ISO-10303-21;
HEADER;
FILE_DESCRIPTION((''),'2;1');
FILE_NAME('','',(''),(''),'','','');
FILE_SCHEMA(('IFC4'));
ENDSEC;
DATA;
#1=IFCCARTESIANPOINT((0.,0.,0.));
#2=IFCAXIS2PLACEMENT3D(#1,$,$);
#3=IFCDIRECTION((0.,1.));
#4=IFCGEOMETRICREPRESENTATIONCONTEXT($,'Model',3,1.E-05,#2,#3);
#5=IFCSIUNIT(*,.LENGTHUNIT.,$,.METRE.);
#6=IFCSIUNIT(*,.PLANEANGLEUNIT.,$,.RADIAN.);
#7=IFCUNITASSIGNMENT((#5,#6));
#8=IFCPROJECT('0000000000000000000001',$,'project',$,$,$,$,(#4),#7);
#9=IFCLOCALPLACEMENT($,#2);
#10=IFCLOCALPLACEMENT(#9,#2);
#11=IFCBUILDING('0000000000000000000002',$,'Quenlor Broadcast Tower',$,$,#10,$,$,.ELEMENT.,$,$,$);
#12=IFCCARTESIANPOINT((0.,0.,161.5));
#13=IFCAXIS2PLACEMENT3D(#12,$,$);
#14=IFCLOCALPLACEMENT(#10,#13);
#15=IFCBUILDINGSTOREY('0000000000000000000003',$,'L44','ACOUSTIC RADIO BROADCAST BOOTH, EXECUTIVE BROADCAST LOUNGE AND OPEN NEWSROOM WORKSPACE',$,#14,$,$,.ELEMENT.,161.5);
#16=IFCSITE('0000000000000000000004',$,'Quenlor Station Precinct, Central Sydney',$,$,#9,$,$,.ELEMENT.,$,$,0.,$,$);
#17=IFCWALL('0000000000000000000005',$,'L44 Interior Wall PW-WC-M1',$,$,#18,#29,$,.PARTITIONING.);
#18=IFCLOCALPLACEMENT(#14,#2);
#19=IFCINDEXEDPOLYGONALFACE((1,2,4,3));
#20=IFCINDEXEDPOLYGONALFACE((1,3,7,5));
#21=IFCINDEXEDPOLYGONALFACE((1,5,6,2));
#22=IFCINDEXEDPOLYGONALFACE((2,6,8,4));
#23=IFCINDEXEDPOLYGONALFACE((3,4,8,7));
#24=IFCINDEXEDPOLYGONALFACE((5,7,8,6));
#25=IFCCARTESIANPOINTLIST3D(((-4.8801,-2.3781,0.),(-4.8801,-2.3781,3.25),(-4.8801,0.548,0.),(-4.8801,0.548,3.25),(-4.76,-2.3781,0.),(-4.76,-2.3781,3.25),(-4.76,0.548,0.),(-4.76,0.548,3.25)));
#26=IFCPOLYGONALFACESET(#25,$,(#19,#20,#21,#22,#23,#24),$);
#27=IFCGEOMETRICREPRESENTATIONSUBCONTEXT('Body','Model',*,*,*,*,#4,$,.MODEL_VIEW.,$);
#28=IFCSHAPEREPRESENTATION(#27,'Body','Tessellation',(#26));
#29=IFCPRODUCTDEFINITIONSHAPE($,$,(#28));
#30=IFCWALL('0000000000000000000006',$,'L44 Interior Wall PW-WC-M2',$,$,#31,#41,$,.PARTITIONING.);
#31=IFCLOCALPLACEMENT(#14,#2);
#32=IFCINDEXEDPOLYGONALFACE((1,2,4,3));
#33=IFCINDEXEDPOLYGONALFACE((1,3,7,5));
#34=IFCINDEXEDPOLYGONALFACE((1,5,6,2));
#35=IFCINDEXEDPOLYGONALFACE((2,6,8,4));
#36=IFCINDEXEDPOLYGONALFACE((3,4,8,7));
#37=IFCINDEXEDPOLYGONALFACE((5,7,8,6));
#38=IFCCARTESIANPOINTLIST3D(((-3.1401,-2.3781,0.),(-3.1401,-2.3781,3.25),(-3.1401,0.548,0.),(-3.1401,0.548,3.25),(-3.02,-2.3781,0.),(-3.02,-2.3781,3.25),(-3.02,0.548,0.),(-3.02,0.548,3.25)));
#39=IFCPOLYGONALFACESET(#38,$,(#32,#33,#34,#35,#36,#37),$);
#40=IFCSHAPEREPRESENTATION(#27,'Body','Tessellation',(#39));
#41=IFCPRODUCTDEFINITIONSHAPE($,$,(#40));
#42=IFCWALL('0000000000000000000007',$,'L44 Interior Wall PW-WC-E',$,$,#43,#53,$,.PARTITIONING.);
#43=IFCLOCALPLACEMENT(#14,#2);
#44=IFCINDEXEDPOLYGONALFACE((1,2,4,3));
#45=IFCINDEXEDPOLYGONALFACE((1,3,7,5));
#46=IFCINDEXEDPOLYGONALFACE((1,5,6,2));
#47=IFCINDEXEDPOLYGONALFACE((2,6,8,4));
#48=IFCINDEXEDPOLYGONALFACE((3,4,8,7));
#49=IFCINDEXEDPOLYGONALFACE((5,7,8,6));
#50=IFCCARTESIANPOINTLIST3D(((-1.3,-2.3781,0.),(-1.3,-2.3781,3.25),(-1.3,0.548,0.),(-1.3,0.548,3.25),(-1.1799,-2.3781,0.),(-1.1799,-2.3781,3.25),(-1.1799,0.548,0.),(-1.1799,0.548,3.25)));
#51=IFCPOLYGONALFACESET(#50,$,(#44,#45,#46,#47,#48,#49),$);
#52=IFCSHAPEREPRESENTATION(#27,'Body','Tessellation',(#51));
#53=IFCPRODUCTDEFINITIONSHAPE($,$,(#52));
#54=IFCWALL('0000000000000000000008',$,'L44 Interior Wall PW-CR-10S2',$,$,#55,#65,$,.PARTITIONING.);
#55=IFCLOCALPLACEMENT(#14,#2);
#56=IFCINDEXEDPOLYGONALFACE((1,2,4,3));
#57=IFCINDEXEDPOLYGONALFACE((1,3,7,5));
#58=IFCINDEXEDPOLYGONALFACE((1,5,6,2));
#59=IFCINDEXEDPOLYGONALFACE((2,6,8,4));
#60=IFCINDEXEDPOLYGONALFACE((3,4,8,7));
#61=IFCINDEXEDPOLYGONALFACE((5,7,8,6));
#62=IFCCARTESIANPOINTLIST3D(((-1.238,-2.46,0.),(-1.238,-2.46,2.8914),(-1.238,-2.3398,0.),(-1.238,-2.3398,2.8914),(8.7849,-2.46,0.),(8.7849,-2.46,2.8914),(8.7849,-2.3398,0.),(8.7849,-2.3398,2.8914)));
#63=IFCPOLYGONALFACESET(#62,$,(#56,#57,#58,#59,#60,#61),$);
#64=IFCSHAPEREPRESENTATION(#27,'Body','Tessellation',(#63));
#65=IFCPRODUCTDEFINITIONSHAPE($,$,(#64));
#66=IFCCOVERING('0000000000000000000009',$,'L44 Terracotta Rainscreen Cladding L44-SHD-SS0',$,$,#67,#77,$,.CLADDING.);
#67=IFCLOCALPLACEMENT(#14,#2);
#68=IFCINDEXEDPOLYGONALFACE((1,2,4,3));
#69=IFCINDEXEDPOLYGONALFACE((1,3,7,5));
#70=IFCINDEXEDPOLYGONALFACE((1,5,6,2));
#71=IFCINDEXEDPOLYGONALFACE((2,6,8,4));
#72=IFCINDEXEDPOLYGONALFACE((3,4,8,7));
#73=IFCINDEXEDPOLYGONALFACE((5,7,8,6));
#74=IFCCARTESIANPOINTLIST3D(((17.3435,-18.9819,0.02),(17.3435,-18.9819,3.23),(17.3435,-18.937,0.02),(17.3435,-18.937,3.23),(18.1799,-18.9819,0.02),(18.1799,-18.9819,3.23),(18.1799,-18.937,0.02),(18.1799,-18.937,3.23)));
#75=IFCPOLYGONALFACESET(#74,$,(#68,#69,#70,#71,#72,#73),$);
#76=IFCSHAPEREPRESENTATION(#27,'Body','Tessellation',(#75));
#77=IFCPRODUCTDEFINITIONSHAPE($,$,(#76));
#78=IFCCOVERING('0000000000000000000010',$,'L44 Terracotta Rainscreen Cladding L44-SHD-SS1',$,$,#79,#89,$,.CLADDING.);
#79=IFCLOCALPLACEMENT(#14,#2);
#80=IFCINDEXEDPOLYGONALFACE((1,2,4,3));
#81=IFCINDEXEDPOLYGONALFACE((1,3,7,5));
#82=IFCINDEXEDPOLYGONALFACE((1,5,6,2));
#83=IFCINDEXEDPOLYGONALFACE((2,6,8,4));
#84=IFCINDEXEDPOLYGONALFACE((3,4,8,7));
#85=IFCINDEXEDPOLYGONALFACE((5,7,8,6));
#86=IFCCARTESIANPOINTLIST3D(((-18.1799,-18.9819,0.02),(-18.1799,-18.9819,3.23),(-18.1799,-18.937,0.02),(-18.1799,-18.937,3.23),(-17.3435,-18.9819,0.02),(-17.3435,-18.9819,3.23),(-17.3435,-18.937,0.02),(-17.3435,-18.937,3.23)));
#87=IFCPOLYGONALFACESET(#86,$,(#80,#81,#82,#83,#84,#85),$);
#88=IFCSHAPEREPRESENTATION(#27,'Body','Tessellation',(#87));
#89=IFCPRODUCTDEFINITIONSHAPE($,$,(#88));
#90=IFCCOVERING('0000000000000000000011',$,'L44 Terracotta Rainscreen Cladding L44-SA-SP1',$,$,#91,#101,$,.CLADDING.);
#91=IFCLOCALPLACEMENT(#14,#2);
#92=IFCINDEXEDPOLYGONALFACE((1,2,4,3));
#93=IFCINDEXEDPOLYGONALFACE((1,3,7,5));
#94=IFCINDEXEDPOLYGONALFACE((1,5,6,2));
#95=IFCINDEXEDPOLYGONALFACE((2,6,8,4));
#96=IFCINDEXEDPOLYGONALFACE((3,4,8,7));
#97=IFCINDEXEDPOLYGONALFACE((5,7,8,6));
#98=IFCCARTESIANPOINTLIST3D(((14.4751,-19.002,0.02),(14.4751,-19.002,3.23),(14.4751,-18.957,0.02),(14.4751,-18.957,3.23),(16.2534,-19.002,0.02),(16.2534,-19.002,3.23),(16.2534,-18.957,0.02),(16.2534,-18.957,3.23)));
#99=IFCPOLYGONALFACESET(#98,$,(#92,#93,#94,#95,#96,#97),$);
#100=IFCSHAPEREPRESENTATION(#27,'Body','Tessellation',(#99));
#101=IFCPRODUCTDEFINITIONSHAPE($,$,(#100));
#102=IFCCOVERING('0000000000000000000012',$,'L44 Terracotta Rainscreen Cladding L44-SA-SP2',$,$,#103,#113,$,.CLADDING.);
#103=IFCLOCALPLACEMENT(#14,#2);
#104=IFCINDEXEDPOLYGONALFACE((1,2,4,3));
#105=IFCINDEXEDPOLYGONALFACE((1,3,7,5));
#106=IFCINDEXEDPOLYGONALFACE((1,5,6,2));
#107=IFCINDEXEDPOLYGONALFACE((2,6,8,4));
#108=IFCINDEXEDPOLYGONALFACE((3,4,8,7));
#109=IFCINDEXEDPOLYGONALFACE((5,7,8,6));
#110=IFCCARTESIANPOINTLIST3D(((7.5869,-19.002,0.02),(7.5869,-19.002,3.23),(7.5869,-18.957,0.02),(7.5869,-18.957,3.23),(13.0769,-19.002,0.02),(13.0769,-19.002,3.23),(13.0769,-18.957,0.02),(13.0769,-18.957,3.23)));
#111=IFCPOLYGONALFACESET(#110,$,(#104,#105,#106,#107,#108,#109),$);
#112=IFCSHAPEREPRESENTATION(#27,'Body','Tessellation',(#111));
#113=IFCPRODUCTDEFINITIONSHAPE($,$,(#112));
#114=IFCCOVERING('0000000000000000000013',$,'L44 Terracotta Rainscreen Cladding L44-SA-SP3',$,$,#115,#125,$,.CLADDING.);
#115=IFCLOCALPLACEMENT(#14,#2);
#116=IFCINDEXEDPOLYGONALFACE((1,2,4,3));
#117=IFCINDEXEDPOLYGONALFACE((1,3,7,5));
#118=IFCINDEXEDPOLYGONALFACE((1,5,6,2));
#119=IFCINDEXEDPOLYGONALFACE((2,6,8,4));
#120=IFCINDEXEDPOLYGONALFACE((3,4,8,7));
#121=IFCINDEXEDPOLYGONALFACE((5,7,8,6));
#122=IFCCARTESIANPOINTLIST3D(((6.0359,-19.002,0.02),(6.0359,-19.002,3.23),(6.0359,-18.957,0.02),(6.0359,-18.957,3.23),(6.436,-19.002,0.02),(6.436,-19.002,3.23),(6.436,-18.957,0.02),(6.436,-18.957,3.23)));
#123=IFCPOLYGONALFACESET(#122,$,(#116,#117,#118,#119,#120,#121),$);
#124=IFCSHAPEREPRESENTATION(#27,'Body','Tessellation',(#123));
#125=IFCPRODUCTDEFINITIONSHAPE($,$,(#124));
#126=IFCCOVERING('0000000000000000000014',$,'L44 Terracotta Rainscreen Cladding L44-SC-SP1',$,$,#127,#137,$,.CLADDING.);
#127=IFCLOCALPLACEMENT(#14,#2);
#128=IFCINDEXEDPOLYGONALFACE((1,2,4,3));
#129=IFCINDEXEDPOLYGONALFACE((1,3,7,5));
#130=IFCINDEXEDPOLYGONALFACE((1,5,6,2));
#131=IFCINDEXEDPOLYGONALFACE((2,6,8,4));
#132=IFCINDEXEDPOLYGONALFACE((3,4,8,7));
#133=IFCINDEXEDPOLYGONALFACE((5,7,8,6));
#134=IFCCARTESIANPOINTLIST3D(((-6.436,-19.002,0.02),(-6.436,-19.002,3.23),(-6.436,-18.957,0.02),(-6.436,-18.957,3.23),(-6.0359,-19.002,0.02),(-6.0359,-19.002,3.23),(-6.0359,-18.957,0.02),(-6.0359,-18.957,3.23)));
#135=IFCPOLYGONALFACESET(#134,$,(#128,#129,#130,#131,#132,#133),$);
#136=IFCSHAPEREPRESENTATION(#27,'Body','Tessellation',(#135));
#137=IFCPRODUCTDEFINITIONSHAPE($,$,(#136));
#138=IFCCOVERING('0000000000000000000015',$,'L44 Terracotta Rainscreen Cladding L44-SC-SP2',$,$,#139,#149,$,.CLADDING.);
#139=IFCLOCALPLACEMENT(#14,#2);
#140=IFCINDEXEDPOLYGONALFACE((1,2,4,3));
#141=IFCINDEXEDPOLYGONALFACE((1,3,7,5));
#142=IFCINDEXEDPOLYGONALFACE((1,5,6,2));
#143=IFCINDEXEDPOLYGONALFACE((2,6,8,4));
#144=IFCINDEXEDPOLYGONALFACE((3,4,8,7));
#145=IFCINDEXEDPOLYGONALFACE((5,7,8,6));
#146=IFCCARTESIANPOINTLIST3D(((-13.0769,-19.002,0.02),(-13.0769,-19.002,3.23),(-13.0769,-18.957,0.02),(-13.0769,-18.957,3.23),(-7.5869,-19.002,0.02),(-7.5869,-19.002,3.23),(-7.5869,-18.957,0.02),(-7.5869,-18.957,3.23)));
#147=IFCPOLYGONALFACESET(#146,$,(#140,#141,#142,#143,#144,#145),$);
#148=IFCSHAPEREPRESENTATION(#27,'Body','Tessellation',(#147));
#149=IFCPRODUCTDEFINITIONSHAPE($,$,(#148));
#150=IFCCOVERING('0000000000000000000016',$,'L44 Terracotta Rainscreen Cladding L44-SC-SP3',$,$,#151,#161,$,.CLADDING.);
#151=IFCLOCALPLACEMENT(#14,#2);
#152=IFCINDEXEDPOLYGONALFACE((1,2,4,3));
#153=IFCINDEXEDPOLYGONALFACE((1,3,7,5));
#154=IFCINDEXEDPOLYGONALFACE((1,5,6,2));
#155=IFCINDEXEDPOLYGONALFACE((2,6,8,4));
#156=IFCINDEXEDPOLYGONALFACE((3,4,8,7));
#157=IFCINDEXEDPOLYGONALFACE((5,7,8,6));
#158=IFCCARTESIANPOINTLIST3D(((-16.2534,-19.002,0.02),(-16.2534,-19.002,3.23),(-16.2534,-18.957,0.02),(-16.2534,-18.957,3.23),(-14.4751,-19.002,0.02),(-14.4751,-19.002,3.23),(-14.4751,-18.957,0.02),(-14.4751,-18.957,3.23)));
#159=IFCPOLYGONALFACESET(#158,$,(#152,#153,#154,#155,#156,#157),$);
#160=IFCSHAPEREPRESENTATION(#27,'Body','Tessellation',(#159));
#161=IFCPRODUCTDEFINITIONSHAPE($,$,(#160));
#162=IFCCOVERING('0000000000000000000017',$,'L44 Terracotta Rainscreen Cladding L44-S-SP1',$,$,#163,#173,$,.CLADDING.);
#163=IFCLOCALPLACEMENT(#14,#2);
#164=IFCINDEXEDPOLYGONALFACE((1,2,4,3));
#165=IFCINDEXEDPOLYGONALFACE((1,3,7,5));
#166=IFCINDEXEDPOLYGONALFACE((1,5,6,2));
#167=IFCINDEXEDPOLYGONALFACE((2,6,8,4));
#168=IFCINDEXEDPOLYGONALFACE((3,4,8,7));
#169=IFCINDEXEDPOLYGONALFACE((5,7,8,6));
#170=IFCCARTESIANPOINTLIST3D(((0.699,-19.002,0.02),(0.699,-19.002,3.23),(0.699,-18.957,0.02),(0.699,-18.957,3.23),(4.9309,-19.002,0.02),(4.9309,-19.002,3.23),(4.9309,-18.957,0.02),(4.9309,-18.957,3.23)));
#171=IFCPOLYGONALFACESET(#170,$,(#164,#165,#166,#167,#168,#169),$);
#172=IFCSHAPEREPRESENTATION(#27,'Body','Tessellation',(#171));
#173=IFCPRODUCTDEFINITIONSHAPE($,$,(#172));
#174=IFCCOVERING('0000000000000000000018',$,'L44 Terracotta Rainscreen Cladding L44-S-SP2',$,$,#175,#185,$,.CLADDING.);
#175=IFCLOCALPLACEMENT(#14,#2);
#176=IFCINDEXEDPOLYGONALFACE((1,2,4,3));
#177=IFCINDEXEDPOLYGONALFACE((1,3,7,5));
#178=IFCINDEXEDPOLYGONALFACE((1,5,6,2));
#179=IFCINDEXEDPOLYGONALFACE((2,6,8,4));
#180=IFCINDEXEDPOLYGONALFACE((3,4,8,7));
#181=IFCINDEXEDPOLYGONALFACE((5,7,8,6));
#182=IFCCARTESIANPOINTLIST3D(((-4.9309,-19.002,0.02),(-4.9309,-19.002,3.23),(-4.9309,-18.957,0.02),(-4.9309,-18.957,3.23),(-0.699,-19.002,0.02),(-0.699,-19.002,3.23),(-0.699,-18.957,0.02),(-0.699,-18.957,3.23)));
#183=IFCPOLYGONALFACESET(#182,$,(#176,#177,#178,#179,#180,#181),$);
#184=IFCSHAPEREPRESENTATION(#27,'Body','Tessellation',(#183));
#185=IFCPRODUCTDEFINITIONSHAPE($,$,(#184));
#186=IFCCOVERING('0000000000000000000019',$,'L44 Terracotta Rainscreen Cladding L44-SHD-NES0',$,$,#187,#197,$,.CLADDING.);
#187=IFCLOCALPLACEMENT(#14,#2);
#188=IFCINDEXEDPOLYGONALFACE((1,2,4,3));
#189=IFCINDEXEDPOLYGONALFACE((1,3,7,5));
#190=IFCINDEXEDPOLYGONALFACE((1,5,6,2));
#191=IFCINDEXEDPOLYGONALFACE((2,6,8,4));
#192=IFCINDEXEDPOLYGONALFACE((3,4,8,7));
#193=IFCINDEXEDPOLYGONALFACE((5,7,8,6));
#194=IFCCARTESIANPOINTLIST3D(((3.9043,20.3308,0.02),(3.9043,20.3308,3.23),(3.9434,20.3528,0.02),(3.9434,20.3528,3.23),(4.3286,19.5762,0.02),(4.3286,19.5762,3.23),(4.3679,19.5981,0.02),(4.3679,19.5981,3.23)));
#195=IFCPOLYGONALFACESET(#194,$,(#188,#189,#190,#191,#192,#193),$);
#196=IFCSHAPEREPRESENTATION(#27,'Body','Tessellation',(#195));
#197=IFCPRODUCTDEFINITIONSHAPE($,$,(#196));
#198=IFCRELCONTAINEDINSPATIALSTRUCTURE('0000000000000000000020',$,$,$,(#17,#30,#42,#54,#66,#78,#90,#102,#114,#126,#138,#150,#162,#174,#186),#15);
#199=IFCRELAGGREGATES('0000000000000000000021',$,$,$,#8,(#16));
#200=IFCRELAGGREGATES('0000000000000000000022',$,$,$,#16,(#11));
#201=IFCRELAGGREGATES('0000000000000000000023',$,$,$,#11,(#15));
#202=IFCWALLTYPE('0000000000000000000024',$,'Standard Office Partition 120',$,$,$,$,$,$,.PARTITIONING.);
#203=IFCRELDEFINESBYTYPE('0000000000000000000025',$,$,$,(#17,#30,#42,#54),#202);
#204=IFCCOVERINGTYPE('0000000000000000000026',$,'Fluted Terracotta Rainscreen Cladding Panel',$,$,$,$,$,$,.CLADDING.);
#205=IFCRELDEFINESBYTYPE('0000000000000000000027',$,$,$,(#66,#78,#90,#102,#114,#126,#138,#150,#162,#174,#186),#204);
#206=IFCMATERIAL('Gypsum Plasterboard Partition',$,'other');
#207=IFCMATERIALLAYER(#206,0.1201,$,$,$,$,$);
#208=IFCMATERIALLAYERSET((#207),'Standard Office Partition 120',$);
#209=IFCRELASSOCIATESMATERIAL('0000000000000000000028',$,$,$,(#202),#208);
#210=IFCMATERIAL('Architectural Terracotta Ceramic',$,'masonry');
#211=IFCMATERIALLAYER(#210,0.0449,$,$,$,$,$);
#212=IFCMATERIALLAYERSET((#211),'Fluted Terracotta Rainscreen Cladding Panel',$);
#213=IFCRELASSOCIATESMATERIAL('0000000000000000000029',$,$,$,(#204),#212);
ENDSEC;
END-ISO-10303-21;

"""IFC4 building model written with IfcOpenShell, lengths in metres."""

from ifc_helpers import new_model, si_unit, direction, frame, frame_2d, origin, place, context, subcontext, project, spatial, polyline, rectangle, outline, extrude, material, layer, layer_set, type_object, element, save


model = new_model("IFC4")

# Units and contexts
model_context = context("Model", 3, precision=1e-05, world=origin(), true_north=direction((0.0, 1.0)))
body_context = subcontext(model_context, "Body", "Model", "MODEL_VIEW")
ifc_project = project(units=[si_unit("LENGTHUNIT", "METRE"), si_unit("PLANEANGLEUNIT", "RADIAN")], contexts=[model_context])

# Site, building, storey
site_placement = place(None, origin())
site = spatial("IfcSite", under=ifc_project, at=site_placement, Name="Quenlor Station Precinct, Central Sydney", CompositionType="ELEMENT", RefElevation=0.0)
building_placement = place(site_placement, origin())
building = spatial("IfcBuilding", under=site, at=building_placement, Name="Quenlor Broadcast Tower", CompositionType="ELEMENT")
storey_placement = place(building_placement, frame((0.0, 0.0, 161.5)))
storey = spatial("IfcBuildingStorey", under=building, at=storey_placement, Name="L44", Description="ACOUSTIC RADIO BROADCAST BOOTH, EXECUTIVE BROADCAST LOUNGE AND OPEN NEWSROOM WORKSPACE", CompositionType="ELEMENT", Elevation=161.5)

# Walls
ifc_material_1 = material(Name="Gypsum Plasterboard Partition", Category="other")
ifc_layer_1 = layer(ifc_material_1, 0.1201)
ifc_layer_set_1 = layer_set([ifc_layer_1], Name="Standard Office Partition 120")
wall_type = type_object("IfcWallType", Name="Standard Office Partition 120", PredefinedType="PARTITIONING", material=ifc_layer_set_1)
for number, where, z_axis, x_axis, name in (
    (1, (-4.8201, -2.3779, 0.0), (0.0, 0.0, 1.0), (0.0, 1.0, 0.0), "L44 Interior Wall PW-WC-M1"),
    (2, (-3.0801, -2.3779, 0.0), (0.0, 0.0, 1.0), (0.0, 1.0, 0.0), "L44 Interior Wall PW-WC-M2"),
    (3, (-1.24, -2.3779, 0.0), (0.0, 0.0, 1.0), (0.0, 1.0, 0.0), "L44 Interior Wall PW-WC-E"),
):
    element("IfcWall", number, at=place(storey_placement, frame(where, z_axis=z_axis, x_axis=x_axis)), inside=storey, type_object=wall_type, Name=name, PredefinedType="PARTITIONING", context=body_context, shape_type="SweptSolid", body=[
        extrude(rectangle(XDim=2.926, YDim=0.1201, at=frame_2d((1.4629, 0.0))), origin(), (0.0, 0.0, 1.0), 3.25),
    ])
wall_placement = place(storey_placement, frame((-1.238, -2.3999, 0.0), z_axis=(0.0, 0.0, 1.0), x_axis=(1.0, 0.0, 0.0)))
element("IfcWall", 4, at=wall_placement, inside=storey, type_object=wall_type, Name="L44 Interior Wall PW-CR-10S2", PredefinedType="PARTITIONING", context=body_context, shape_type="SweptSolid", body=[
    extrude(rectangle(XDim=10.0229, YDim=0.1201, at=frame_2d((5.0115, 0.0))), origin(), (0.0, 0.0, 1.0), 2.8914),
])

# Coverings
ifc_material_2 = material(Name="Architectural Terracotta Ceramic", Category="masonry")
ifc_layer_2 = layer(ifc_material_2, 0.0449)
ifc_layer_set_2 = layer_set([ifc_layer_2], Name="Fluted Terracotta Rainscreen Cladding Panel")
covering_type = type_object("IfcCoveringType", Name="Fluted Terracotta Rainscreen Cladding Panel", PredefinedType="CLADDING", material=ifc_layer_set_2)
covering_1_placement = place(storey_placement, frame((0.0, 0.0, 0.02)))
element("IfcCovering", 5, at=covering_1_placement, inside=storey, type_object=covering_type, Name="L44 Terracotta Rainscreen Cladding L44-SHD-SS0", PredefinedType="CLADDING", context=body_context, shape_type="SweptSolid", body=[
    extrude(outline(polyline([(18.1799, -18.937), (17.3435, -18.937), (17.3435, -18.9819), (18.1799, -18.9819), (18.1799, -18.937)])), origin(), (0.0, 0.0, 1.0), 3.21),
])
covering_2_placement = place(storey_placement, frame((0.0, 0.0, 0.02)))
element("IfcCovering", 6, at=covering_2_placement, inside=storey, type_object=covering_type, Name="L44 Terracotta Rainscreen Cladding L44-SHD-SS1", PredefinedType="CLADDING", context=body_context, shape_type="SweptSolid", body=[
    extrude(outline(polyline([(-17.3435, -18.937), (-18.1799, -18.937), (-18.1799, -18.9819), (-17.3435, -18.9819), (-17.3435, -18.937)])), origin(), (0.0, 0.0, 1.0), 3.21),
])
covering_3_placement = place(storey_placement, frame((0.0, 0.0, 0.02)))
element("IfcCovering", 7, at=covering_3_placement, inside=storey, type_object=covering_type, Name="L44 Terracotta Rainscreen Cladding L44-SA-SP1", PredefinedType="CLADDING", context=body_context, shape_type="SweptSolid", body=[
    extrude(outline(polyline([(16.2534, -18.957), (14.4751, -18.957), (14.4751, -19.002), (16.2534, -19.002), (16.2534, -18.957)])), origin(), (0.0, 0.0, 1.0), 3.21),
])
covering_4_placement = place(storey_placement, frame((0.0, 0.0, 0.02)))
element("IfcCovering", 8, at=covering_4_placement, inside=storey, type_object=covering_type, Name="L44 Terracotta Rainscreen Cladding L44-SA-SP2", PredefinedType="CLADDING", context=body_context, shape_type="SweptSolid", body=[
    extrude(outline(polyline([(13.0769, -18.957), (7.5869, -18.957), (7.5869, -19.002), (13.0769, -19.002), (13.0769, -18.957)])), origin(), (0.0, 0.0, 1.0), 3.21),
])
covering_5_placement = place(storey_placement, frame((0.0, 0.0, 0.02)))
element("IfcCovering", 9, at=covering_5_placement, inside=storey, type_object=covering_type, Name="L44 Terracotta Rainscreen Cladding L44-SA-SP3", PredefinedType="CLADDING", context=body_context, shape_type="SweptSolid", body=[
    extrude(outline(polyline([(6.436, -18.957), (6.0359, -18.957), (6.0359, -19.002), (6.436, -19.002), (6.436, -18.957)])), origin(), (0.0, 0.0, 1.0), 3.21),
])
covering_6_placement = place(storey_placement, frame((0.0, 0.0, 0.02)))
element("IfcCovering", 10, at=covering_6_placement, inside=storey, type_object=covering_type, Name="L44 Terracotta Rainscreen Cladding L44-SC-SP1", PredefinedType="CLADDING", context=body_context, shape_type="SweptSolid", body=[
    extrude(outline(polyline([(-6.0359, -18.957), (-6.436, -18.957), (-6.436, -19.002), (-6.0359, -19.002), (-6.0359, -18.957)])), origin(), (0.0, 0.0, 1.0), 3.21),
])
covering_7_placement = place(storey_placement, frame((0.0, 0.0, 0.02)))
element("IfcCovering", 11, at=covering_7_placement, inside=storey, type_object=covering_type, Name="L44 Terracotta Rainscreen Cladding L44-SC-SP2", PredefinedType="CLADDING", context=body_context, shape_type="SweptSolid", body=[
    extrude(outline(polyline([(-7.5869, -18.957), (-13.0769, -18.957), (-13.0769, -19.002), (-7.5869, -19.002), (-7.5869, -18.957)])), origin(), (0.0, 0.0, 1.0), 3.21),
])
covering_8_placement = place(storey_placement, frame((0.0, 0.0, 0.02)))
element("IfcCovering", 12, at=covering_8_placement, inside=storey, type_object=covering_type, Name="L44 Terracotta Rainscreen Cladding L44-SC-SP3", PredefinedType="CLADDING", context=body_context, shape_type="SweptSolid", body=[
    extrude(outline(polyline([(-14.4751, -18.957), (-16.2534, -18.957), (-16.2534, -19.002), (-14.4751, -19.002), (-14.4751, -18.957)])), origin(), (0.0, 0.0, 1.0), 3.21),
])
covering_9_placement = place(storey_placement, frame((0.0, 0.0, 0.02)))
element("IfcCovering", 13, at=covering_9_placement, inside=storey, type_object=covering_type, Name="L44 Terracotta Rainscreen Cladding L44-S-SP1", PredefinedType="CLADDING", context=body_context, shape_type="SweptSolid", body=[
    extrude(outline(polyline([(4.9309, -18.957), (0.699, -18.957), (0.699, -19.002), (4.9309, -19.002), (4.9309, -18.957)])), origin(), (0.0, 0.0, 1.0), 3.21),
])
covering_10_placement = place(storey_placement, frame((0.0, 0.0, 0.02)))
element("IfcCovering", 14, at=covering_10_placement, inside=storey, type_object=covering_type, Name="L44 Terracotta Rainscreen Cladding L44-S-SP2", PredefinedType="CLADDING", context=body_context, shape_type="SweptSolid", body=[
    extrude(outline(polyline([(-0.699, -18.957), (-4.9309, -18.957), (-4.9309, -19.002), (-0.699, -19.002), (-0.699, -18.957)])), origin(), (0.0, 0.0, 1.0), 3.21),
])
covering_11_placement = place(storey_placement, frame((0.0, 0.0, 0.02)))
element("IfcCovering", 15, at=covering_11_placement, inside=storey, type_object=covering_type, Name="L44 Terracotta Rainscreen Cladding L44-SHD-NES0", PredefinedType="CLADDING", context=body_context, shape_type="SweptSolid", body=[
    extrude(outline(polyline([(3.9043, 20.3308), (4.3286, 19.5762), (4.3679, 19.5981), (3.9434, 20.3528), (3.9043, 20.3308)])), origin(), (0.0, 0.0, 1.0), 3.21),
])

save(model, "model.ifc")
